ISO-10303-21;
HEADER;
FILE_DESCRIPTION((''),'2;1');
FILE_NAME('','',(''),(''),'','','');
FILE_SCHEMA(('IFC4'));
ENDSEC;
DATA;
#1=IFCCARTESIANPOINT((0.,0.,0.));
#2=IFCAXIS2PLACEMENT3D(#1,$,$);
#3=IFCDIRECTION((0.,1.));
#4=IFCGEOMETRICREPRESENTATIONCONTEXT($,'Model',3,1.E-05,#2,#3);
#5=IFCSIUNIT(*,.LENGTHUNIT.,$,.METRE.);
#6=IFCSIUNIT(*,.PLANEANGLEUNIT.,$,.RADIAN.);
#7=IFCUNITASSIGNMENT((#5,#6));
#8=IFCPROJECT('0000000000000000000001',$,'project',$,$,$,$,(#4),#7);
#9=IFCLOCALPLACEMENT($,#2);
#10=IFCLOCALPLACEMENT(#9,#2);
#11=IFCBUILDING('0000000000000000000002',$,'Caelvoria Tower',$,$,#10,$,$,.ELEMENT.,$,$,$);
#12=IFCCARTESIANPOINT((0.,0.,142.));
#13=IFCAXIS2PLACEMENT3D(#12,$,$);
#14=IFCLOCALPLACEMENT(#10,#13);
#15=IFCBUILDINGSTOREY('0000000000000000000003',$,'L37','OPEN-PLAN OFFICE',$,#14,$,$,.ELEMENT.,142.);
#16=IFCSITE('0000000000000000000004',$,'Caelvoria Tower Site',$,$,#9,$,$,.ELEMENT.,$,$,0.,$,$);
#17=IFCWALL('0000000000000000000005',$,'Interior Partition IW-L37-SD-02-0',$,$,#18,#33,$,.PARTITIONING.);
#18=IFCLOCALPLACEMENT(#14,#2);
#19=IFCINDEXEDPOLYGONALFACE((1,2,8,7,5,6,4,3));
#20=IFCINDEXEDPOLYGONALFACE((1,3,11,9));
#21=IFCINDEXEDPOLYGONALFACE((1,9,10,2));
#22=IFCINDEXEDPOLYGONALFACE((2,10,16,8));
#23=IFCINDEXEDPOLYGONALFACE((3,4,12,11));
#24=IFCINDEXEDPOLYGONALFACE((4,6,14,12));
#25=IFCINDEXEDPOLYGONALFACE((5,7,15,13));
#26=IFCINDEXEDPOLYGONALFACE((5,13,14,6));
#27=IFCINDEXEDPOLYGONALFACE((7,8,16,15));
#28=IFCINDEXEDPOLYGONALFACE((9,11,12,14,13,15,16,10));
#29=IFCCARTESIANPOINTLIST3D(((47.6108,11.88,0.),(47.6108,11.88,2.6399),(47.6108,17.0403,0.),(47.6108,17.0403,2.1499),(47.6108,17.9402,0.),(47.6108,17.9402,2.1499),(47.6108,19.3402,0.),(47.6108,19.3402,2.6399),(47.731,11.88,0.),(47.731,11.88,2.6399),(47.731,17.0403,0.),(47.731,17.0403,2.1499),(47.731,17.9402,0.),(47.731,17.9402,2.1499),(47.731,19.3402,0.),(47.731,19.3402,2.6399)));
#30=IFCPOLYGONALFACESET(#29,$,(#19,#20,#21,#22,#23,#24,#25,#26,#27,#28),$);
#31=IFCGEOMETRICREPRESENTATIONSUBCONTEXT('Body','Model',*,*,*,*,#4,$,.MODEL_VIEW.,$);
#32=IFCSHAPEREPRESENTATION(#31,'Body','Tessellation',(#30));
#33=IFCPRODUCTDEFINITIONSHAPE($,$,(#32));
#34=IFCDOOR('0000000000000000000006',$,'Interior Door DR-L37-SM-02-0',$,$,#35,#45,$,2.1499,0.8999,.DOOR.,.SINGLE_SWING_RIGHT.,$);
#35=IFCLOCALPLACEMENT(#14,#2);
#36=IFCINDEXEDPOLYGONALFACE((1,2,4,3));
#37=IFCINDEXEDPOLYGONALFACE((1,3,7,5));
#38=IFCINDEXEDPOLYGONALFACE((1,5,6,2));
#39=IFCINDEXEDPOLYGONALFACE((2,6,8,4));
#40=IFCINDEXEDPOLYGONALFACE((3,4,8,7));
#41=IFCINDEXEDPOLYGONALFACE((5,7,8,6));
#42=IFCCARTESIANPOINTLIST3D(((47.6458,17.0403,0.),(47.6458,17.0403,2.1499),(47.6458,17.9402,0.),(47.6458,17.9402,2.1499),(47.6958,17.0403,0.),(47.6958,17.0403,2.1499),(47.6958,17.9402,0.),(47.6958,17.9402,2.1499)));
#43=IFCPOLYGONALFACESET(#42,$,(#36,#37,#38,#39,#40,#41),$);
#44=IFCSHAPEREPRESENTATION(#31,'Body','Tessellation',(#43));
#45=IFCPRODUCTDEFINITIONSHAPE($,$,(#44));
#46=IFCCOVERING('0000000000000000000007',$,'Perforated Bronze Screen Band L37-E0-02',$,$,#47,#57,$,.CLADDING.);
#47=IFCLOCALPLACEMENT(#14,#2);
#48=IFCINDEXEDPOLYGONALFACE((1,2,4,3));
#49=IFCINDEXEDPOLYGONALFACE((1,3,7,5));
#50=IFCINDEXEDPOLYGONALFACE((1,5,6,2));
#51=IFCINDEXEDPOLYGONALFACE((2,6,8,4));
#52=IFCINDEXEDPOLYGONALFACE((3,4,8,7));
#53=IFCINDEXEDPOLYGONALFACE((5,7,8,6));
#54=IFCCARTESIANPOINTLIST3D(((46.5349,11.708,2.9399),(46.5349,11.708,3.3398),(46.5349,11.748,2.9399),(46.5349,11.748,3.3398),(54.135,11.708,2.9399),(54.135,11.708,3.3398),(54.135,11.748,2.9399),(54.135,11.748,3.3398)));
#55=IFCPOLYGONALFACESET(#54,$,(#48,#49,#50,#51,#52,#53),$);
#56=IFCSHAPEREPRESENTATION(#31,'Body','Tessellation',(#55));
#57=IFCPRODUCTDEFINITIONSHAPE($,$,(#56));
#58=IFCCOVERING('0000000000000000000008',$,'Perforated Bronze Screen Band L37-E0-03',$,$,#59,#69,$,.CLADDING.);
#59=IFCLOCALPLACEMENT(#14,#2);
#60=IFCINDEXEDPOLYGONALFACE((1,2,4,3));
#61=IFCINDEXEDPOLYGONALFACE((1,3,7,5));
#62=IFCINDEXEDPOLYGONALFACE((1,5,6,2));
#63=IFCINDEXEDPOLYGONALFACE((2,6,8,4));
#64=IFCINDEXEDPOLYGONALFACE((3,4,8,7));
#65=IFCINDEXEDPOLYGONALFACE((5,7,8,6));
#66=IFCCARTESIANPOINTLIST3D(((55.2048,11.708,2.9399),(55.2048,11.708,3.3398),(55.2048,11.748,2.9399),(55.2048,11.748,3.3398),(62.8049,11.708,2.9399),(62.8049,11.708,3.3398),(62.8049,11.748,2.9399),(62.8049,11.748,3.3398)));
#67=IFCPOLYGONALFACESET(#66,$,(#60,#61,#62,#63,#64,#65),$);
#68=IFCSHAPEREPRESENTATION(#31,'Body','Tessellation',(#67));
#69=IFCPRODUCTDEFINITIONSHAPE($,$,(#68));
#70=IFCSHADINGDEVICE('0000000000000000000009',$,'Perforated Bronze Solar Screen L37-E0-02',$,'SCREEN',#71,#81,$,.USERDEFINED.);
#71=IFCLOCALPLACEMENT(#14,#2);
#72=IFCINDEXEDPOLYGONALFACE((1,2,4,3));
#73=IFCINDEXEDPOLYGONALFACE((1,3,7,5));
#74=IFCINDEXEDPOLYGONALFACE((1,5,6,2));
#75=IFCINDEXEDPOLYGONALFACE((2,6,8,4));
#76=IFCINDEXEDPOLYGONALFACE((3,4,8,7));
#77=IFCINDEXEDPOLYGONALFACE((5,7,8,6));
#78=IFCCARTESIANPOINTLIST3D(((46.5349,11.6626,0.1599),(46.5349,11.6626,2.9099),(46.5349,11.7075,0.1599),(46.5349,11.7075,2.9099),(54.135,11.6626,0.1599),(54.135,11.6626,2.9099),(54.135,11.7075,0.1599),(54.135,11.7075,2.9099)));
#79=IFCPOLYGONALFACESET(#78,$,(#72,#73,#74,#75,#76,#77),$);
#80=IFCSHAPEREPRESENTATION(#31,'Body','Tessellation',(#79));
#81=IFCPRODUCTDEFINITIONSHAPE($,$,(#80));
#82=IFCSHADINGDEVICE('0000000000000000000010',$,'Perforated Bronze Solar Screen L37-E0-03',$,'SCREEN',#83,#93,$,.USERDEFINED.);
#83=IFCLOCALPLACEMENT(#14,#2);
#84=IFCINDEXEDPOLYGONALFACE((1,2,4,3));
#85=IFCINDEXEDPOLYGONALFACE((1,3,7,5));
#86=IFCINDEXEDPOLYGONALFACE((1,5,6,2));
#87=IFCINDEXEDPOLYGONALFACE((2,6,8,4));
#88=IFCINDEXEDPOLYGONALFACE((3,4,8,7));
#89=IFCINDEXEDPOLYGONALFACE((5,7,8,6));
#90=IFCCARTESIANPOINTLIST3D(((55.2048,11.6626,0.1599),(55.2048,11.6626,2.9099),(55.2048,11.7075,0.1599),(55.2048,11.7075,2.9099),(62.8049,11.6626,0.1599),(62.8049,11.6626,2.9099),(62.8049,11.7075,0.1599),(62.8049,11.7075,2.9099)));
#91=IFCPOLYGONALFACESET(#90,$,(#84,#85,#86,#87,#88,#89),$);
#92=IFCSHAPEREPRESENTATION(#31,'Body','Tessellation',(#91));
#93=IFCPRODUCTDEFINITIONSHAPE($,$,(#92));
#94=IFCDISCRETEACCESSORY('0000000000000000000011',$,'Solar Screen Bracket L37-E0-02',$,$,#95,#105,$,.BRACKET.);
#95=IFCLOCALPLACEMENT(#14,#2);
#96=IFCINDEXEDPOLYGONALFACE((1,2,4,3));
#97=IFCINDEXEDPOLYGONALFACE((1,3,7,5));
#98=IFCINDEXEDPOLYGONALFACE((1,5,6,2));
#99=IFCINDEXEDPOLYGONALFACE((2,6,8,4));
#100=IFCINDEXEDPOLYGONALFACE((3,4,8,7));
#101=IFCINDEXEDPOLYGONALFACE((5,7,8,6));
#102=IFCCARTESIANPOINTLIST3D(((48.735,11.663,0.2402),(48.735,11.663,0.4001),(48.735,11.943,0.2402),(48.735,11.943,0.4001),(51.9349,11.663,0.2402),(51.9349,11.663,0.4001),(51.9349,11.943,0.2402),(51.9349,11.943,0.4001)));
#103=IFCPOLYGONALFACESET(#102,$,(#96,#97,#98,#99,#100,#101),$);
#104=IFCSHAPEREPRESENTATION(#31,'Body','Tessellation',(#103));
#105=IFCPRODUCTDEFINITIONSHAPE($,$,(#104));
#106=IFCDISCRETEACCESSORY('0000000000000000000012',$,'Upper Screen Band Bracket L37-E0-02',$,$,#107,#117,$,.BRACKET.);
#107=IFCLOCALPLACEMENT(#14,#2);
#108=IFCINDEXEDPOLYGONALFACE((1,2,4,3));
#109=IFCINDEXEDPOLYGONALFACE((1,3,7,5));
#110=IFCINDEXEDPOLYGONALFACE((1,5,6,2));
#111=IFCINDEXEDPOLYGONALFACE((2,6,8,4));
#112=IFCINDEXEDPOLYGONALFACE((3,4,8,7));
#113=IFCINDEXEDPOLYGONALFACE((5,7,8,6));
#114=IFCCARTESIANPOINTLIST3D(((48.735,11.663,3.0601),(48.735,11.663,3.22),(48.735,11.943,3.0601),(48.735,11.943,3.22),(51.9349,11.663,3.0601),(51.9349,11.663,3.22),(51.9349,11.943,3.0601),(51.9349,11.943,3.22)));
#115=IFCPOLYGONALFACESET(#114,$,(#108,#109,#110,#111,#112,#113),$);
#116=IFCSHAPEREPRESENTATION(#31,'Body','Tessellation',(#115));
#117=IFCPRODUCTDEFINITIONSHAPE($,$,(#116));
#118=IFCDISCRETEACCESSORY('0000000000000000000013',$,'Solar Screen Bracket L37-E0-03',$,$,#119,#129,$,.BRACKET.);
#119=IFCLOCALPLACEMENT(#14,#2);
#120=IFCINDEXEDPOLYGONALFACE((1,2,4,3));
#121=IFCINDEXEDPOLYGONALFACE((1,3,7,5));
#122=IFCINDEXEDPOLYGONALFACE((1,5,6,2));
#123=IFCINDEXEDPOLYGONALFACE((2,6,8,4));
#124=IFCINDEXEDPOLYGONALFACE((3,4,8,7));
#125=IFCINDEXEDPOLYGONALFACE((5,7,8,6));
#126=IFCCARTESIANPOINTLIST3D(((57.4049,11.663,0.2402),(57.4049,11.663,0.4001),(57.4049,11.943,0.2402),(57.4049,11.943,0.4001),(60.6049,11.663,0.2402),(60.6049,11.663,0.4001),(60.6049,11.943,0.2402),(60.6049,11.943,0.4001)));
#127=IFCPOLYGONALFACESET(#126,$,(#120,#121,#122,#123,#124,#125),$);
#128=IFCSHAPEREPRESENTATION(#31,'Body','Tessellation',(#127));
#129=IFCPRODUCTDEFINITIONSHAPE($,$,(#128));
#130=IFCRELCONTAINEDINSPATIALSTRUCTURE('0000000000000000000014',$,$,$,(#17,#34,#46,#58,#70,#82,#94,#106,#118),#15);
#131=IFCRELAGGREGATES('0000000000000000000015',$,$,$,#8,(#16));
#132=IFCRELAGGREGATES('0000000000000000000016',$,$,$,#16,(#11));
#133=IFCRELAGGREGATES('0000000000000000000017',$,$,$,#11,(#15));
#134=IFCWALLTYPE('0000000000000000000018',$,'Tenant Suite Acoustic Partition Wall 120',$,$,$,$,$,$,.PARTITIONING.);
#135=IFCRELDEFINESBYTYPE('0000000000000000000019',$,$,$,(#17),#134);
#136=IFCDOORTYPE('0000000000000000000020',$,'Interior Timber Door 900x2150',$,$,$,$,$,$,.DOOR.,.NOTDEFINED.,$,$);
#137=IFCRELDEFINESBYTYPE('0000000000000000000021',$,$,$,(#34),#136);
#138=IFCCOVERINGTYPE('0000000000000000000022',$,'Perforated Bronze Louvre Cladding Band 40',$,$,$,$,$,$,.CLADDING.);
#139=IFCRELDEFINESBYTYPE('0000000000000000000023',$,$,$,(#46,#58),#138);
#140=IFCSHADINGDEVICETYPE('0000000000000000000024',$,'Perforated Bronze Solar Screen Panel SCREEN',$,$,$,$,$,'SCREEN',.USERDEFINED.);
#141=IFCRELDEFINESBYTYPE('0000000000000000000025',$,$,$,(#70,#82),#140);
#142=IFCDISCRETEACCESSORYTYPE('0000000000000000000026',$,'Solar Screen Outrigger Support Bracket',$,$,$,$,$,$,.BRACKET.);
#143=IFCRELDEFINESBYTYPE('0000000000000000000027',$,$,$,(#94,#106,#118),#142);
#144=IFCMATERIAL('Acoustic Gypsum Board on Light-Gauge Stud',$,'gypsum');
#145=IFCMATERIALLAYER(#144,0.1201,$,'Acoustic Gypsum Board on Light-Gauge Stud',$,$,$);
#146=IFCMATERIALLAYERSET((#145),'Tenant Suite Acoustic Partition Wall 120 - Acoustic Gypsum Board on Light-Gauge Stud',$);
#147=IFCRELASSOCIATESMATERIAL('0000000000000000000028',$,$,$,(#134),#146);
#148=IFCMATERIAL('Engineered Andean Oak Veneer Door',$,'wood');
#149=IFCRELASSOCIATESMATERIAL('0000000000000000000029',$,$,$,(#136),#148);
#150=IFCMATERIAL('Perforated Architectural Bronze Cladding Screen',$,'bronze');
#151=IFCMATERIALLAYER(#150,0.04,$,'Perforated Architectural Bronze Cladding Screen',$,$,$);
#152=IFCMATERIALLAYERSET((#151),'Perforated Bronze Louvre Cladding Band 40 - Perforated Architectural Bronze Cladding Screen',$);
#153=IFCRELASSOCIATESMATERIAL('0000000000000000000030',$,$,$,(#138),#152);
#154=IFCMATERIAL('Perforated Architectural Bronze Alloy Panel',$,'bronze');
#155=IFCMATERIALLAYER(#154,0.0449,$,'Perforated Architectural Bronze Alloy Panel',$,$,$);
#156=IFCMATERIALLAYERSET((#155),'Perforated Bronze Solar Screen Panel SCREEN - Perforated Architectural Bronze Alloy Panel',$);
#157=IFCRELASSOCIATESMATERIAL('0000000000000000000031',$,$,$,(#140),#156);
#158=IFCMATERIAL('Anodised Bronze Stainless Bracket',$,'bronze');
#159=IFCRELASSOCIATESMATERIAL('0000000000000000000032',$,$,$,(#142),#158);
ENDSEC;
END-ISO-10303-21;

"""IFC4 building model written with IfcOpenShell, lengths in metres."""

from ifc_helpers import new_model, si_unit, direction, frame, frame_2d, origin, origin_2d, place, context, subcontext, project, spatial, rectangle, extrude, material, layer, layer_set, type_object, element, fill, save


model = new_model("IFC4")

# Units and contexts
model_context = context("Model", 3, precision=1e-05, world=origin(), true_north=direction((0.0, 1.0)))
body_context = subcontext(model_context, "Body", "Model", "MODEL_VIEW")
ifc_project = project(units=[si_unit("LENGTHUNIT", "METRE"), si_unit("PLANEANGLEUNIT", "RADIAN")], contexts=[model_context])

# Site, building, storey
site_placement = place(None, origin())
site = spatial("IfcSite", under=ifc_project, at=site_placement, Name="Caelvoria Tower Site", CompositionType="ELEMENT", RefElevation=0.0)
building_placement = place(site_placement, origin())
building = spatial("IfcBuilding", under=site, at=building_placement, Name="Caelvoria Tower", CompositionType="ELEMENT")
storey_placement = place(building_placement, frame((0.0, 0.0, 142.0)))
storey = spatial("IfcBuildingStorey", under=building, at=storey_placement, Name="L37", Description="OPEN-PLAN OFFICE", CompositionType="ELEMENT", Elevation=142.0)

# Wall, opening, door
ifc_material_1 = material(Name="Acoustic Gypsum Board on Light-Gauge Stud", Category="gypsum")
ifc_layer_1 = layer(ifc_material_1, 0.1201, Name="Acoustic Gypsum Board on Light-Gauge Stud")
ifc_layer_set_1 = layer_set([ifc_layer_1], Name="Tenant Suite Acoustic Partition Wall 120 - Acoustic Gypsum Board on Light-Gauge Stud")
wall_type = type_object("IfcWallType", Name="Tenant Suite Acoustic Partition Wall 120", PredefinedType="PARTITIONING", material=ifc_layer_set_1)
ifc_material_2 = material(Name="Engineered Andean Oak Veneer Door", Category="wood")
door_type = type_object("IfcDoorType", Name="Interior Timber Door 900x2150", OperationType="NOTDEFINED", PredefinedType="DOOR", material=ifc_material_2)
wall_1_placement = place(storey_placement, frame((47.6709, 19.3401, 0.0), z_axis=(0.0, 0.0, 1.0), x_axis=(0.0, -1.0, 0.0)))
wall_1 = element("IfcWall", 1, at=wall_1_placement, inside=storey, type_object=wall_type, Name="Interior Partition IW-L37-SD-02-0", PredefinedType="PARTITIONING", context=body_context, shape_type="SweptSolid", body=[
    extrude(rectangle(XDim=7.4602, YDim=0.1201, at=frame_2d((3.73, 0.0))), origin(), (0.0, 0.0, 1.0), 2.6399),
])
opening_1_placement = place(wall_1_placement, frame((1.3999, 0.0, 0.0)))
opening_1 = element("IfcOpeningElement", 2, at=opening_1_placement, cuts=wall_1, PredefinedType="OPENING", context=body_context, shape_type="SweptSolid", body=[
    extrude(rectangle(XDim=0.8999, YDim=2.1499, at=frame_2d((0.45, 1.075))), frame((0.0, 0.0701, 0.0), z_axis=(0.0, -1.0, 0.0), x_axis=(1.0, 0.0, 0.0)), (0.0, 0.0, 1.0), 0.1401),
])
door_1_placement = place(opening_1_placement, origin())
door_1 = element("IfcDoor", 3, at=door_1_placement, inside=storey, type_object=door_type, Name="Interior Door DR-L37-SM-02-0", OperationType="SINGLE_SWING_RIGHT", OverallHeight=2.1499, OverallWidth=0.8999, PredefinedType="DOOR", context=body_context, shape_type="SweptSolid", body=[
    extrude(rectangle(XDim=0.8999, YDim=2.1499, at=frame_2d((0.45, 1.075))), frame((0.0, 0.0249, 0.0), z_axis=(0.0, -1.0, 0.0), x_axis=(1.0, 0.0, 0.0)), (0.0, 0.0, 1.0), 0.05),
])
fill(opening_1, door_1)

# Coverings
ifc_material_3 = material(Name="Perforated Architectural Bronze Cladding Screen", Category="bronze")
ifc_layer_2 = layer(ifc_material_3, 0.04, Name="Perforated Architectural Bronze Cladding Screen")
ifc_layer_set_2 = layer_set([ifc_layer_2], Name="Perforated Bronze Louvre Cladding Band 40 - Perforated Architectural Bronze Cladding Screen")
covering_type = type_object("IfcCoveringType", Name="Perforated Bronze Louvre Cladding Band 40", PredefinedType="CLADDING", material=ifc_layer_set_2)
for number, where, z_axis, x_axis, name in (
    (4, (50.335, 11.728, 2.9399), (0.0, 0.0, 1.0), (1.0, 0.0, 0.0), "Perforated Bronze Screen Band L37-E0-02"),
    (5, (59.0049, 11.728, 2.9399), (0.0, 0.0, 1.0), (1.0, 0.0, 0.0), "Perforated Bronze Screen Band L37-E0-03"),
):
    element("IfcCovering", number, at=place(storey_placement, frame(where, z_axis=z_axis, x_axis=x_axis)), inside=storey, type_object=covering_type, Name=name, PredefinedType="CLADDING", context=body_context, shape_type="SweptSolid", body=[
        extrude(rectangle(XDim=7.6001, YDim=0.04, at=origin_2d()), origin(), (0.0, 0.0, 1.0), 0.3999),
    ])

# Shading devices
ifc_material_4 = material(Name="Perforated Architectural Bronze Alloy Panel", Category="bronze")
ifc_layer_3 = layer(ifc_material_4, 0.0449, Name="Perforated Architectural Bronze Alloy Panel")
ifc_layer_set_3 = layer_set([ifc_layer_3], Name="Perforated Bronze Solar Screen Panel SCREEN - Perforated Architectural Bronze Alloy Panel")
shading_device_type = type_object("IfcShadingDeviceType", Name="Perforated Bronze Solar Screen Panel SCREEN", ElementType="SCREEN", PredefinedType="USERDEFINED", material=ifc_layer_set_3)
for number, where, z_axis, x_axis, name in (
    (6, (50.335, 11.6851, 0.1599), (0.0, 0.0, 1.0), (1.0, 0.0, 0.0), "Perforated Bronze Solar Screen L37-E0-02"),
    (7, (59.0049, 11.6851, 0.1599), (0.0, 0.0, 1.0), (1.0, 0.0, 0.0), "Perforated Bronze Solar Screen L37-E0-03"),
):
    element("IfcShadingDevice", number, at=place(storey_placement, frame(where, z_axis=z_axis, x_axis=x_axis)), inside=storey, type_object=shading_device_type, Name=name, ObjectType="SCREEN", PredefinedType="USERDEFINED", context=body_context, shape_type="SweptSolid", body=[
        extrude(rectangle(XDim=7.6001, YDim=0.0449, at=origin_2d()), origin(), (0.0, 0.0, 1.0), 2.75),
    ])

# Discrete accessories
ifc_material_5 = material(Name="Anodised Bronze Stainless Bracket", Category="bronze")
discrete_accessory_type = type_object("IfcDiscreteAccessoryType", Name="Solar Screen Outrigger Support Bracket", PredefinedType="BRACKET", material=ifc_material_5)
for number, where, z_axis, x_axis, name in (
    (8, (50.335, 11.803, 0.2402), (0.0, 0.0, 1.0), (1.0, 0.0, 0.0), "Solar Screen Bracket L37-E0-02"),
    (9, (50.335, 11.803, 3.0601), (0.0, 0.0, 1.0), (1.0, 0.0, 0.0), "Upper Screen Band Bracket L37-E0-02"),
    (10, (59.0049, 11.803, 0.2402), (0.0, 0.0, 1.0), (1.0, 0.0, 0.0), "Solar Screen Bracket L37-E0-03"),
):
    element("IfcDiscreteAccessory", number, at=place(storey_placement, frame(where, z_axis=z_axis, x_axis=x_axis)), inside=storey, type_object=discrete_accessory_type, Name=name, PredefinedType="BRACKET", context=body_context, shape_type="SweptSolid", body=[
        extrude(rectangle(XDim=3.2, YDim=0.28, at=origin_2d()), origin(), (0.0, 0.0, 1.0), 0.1599),
    ])

save(model, "model.ifc")
